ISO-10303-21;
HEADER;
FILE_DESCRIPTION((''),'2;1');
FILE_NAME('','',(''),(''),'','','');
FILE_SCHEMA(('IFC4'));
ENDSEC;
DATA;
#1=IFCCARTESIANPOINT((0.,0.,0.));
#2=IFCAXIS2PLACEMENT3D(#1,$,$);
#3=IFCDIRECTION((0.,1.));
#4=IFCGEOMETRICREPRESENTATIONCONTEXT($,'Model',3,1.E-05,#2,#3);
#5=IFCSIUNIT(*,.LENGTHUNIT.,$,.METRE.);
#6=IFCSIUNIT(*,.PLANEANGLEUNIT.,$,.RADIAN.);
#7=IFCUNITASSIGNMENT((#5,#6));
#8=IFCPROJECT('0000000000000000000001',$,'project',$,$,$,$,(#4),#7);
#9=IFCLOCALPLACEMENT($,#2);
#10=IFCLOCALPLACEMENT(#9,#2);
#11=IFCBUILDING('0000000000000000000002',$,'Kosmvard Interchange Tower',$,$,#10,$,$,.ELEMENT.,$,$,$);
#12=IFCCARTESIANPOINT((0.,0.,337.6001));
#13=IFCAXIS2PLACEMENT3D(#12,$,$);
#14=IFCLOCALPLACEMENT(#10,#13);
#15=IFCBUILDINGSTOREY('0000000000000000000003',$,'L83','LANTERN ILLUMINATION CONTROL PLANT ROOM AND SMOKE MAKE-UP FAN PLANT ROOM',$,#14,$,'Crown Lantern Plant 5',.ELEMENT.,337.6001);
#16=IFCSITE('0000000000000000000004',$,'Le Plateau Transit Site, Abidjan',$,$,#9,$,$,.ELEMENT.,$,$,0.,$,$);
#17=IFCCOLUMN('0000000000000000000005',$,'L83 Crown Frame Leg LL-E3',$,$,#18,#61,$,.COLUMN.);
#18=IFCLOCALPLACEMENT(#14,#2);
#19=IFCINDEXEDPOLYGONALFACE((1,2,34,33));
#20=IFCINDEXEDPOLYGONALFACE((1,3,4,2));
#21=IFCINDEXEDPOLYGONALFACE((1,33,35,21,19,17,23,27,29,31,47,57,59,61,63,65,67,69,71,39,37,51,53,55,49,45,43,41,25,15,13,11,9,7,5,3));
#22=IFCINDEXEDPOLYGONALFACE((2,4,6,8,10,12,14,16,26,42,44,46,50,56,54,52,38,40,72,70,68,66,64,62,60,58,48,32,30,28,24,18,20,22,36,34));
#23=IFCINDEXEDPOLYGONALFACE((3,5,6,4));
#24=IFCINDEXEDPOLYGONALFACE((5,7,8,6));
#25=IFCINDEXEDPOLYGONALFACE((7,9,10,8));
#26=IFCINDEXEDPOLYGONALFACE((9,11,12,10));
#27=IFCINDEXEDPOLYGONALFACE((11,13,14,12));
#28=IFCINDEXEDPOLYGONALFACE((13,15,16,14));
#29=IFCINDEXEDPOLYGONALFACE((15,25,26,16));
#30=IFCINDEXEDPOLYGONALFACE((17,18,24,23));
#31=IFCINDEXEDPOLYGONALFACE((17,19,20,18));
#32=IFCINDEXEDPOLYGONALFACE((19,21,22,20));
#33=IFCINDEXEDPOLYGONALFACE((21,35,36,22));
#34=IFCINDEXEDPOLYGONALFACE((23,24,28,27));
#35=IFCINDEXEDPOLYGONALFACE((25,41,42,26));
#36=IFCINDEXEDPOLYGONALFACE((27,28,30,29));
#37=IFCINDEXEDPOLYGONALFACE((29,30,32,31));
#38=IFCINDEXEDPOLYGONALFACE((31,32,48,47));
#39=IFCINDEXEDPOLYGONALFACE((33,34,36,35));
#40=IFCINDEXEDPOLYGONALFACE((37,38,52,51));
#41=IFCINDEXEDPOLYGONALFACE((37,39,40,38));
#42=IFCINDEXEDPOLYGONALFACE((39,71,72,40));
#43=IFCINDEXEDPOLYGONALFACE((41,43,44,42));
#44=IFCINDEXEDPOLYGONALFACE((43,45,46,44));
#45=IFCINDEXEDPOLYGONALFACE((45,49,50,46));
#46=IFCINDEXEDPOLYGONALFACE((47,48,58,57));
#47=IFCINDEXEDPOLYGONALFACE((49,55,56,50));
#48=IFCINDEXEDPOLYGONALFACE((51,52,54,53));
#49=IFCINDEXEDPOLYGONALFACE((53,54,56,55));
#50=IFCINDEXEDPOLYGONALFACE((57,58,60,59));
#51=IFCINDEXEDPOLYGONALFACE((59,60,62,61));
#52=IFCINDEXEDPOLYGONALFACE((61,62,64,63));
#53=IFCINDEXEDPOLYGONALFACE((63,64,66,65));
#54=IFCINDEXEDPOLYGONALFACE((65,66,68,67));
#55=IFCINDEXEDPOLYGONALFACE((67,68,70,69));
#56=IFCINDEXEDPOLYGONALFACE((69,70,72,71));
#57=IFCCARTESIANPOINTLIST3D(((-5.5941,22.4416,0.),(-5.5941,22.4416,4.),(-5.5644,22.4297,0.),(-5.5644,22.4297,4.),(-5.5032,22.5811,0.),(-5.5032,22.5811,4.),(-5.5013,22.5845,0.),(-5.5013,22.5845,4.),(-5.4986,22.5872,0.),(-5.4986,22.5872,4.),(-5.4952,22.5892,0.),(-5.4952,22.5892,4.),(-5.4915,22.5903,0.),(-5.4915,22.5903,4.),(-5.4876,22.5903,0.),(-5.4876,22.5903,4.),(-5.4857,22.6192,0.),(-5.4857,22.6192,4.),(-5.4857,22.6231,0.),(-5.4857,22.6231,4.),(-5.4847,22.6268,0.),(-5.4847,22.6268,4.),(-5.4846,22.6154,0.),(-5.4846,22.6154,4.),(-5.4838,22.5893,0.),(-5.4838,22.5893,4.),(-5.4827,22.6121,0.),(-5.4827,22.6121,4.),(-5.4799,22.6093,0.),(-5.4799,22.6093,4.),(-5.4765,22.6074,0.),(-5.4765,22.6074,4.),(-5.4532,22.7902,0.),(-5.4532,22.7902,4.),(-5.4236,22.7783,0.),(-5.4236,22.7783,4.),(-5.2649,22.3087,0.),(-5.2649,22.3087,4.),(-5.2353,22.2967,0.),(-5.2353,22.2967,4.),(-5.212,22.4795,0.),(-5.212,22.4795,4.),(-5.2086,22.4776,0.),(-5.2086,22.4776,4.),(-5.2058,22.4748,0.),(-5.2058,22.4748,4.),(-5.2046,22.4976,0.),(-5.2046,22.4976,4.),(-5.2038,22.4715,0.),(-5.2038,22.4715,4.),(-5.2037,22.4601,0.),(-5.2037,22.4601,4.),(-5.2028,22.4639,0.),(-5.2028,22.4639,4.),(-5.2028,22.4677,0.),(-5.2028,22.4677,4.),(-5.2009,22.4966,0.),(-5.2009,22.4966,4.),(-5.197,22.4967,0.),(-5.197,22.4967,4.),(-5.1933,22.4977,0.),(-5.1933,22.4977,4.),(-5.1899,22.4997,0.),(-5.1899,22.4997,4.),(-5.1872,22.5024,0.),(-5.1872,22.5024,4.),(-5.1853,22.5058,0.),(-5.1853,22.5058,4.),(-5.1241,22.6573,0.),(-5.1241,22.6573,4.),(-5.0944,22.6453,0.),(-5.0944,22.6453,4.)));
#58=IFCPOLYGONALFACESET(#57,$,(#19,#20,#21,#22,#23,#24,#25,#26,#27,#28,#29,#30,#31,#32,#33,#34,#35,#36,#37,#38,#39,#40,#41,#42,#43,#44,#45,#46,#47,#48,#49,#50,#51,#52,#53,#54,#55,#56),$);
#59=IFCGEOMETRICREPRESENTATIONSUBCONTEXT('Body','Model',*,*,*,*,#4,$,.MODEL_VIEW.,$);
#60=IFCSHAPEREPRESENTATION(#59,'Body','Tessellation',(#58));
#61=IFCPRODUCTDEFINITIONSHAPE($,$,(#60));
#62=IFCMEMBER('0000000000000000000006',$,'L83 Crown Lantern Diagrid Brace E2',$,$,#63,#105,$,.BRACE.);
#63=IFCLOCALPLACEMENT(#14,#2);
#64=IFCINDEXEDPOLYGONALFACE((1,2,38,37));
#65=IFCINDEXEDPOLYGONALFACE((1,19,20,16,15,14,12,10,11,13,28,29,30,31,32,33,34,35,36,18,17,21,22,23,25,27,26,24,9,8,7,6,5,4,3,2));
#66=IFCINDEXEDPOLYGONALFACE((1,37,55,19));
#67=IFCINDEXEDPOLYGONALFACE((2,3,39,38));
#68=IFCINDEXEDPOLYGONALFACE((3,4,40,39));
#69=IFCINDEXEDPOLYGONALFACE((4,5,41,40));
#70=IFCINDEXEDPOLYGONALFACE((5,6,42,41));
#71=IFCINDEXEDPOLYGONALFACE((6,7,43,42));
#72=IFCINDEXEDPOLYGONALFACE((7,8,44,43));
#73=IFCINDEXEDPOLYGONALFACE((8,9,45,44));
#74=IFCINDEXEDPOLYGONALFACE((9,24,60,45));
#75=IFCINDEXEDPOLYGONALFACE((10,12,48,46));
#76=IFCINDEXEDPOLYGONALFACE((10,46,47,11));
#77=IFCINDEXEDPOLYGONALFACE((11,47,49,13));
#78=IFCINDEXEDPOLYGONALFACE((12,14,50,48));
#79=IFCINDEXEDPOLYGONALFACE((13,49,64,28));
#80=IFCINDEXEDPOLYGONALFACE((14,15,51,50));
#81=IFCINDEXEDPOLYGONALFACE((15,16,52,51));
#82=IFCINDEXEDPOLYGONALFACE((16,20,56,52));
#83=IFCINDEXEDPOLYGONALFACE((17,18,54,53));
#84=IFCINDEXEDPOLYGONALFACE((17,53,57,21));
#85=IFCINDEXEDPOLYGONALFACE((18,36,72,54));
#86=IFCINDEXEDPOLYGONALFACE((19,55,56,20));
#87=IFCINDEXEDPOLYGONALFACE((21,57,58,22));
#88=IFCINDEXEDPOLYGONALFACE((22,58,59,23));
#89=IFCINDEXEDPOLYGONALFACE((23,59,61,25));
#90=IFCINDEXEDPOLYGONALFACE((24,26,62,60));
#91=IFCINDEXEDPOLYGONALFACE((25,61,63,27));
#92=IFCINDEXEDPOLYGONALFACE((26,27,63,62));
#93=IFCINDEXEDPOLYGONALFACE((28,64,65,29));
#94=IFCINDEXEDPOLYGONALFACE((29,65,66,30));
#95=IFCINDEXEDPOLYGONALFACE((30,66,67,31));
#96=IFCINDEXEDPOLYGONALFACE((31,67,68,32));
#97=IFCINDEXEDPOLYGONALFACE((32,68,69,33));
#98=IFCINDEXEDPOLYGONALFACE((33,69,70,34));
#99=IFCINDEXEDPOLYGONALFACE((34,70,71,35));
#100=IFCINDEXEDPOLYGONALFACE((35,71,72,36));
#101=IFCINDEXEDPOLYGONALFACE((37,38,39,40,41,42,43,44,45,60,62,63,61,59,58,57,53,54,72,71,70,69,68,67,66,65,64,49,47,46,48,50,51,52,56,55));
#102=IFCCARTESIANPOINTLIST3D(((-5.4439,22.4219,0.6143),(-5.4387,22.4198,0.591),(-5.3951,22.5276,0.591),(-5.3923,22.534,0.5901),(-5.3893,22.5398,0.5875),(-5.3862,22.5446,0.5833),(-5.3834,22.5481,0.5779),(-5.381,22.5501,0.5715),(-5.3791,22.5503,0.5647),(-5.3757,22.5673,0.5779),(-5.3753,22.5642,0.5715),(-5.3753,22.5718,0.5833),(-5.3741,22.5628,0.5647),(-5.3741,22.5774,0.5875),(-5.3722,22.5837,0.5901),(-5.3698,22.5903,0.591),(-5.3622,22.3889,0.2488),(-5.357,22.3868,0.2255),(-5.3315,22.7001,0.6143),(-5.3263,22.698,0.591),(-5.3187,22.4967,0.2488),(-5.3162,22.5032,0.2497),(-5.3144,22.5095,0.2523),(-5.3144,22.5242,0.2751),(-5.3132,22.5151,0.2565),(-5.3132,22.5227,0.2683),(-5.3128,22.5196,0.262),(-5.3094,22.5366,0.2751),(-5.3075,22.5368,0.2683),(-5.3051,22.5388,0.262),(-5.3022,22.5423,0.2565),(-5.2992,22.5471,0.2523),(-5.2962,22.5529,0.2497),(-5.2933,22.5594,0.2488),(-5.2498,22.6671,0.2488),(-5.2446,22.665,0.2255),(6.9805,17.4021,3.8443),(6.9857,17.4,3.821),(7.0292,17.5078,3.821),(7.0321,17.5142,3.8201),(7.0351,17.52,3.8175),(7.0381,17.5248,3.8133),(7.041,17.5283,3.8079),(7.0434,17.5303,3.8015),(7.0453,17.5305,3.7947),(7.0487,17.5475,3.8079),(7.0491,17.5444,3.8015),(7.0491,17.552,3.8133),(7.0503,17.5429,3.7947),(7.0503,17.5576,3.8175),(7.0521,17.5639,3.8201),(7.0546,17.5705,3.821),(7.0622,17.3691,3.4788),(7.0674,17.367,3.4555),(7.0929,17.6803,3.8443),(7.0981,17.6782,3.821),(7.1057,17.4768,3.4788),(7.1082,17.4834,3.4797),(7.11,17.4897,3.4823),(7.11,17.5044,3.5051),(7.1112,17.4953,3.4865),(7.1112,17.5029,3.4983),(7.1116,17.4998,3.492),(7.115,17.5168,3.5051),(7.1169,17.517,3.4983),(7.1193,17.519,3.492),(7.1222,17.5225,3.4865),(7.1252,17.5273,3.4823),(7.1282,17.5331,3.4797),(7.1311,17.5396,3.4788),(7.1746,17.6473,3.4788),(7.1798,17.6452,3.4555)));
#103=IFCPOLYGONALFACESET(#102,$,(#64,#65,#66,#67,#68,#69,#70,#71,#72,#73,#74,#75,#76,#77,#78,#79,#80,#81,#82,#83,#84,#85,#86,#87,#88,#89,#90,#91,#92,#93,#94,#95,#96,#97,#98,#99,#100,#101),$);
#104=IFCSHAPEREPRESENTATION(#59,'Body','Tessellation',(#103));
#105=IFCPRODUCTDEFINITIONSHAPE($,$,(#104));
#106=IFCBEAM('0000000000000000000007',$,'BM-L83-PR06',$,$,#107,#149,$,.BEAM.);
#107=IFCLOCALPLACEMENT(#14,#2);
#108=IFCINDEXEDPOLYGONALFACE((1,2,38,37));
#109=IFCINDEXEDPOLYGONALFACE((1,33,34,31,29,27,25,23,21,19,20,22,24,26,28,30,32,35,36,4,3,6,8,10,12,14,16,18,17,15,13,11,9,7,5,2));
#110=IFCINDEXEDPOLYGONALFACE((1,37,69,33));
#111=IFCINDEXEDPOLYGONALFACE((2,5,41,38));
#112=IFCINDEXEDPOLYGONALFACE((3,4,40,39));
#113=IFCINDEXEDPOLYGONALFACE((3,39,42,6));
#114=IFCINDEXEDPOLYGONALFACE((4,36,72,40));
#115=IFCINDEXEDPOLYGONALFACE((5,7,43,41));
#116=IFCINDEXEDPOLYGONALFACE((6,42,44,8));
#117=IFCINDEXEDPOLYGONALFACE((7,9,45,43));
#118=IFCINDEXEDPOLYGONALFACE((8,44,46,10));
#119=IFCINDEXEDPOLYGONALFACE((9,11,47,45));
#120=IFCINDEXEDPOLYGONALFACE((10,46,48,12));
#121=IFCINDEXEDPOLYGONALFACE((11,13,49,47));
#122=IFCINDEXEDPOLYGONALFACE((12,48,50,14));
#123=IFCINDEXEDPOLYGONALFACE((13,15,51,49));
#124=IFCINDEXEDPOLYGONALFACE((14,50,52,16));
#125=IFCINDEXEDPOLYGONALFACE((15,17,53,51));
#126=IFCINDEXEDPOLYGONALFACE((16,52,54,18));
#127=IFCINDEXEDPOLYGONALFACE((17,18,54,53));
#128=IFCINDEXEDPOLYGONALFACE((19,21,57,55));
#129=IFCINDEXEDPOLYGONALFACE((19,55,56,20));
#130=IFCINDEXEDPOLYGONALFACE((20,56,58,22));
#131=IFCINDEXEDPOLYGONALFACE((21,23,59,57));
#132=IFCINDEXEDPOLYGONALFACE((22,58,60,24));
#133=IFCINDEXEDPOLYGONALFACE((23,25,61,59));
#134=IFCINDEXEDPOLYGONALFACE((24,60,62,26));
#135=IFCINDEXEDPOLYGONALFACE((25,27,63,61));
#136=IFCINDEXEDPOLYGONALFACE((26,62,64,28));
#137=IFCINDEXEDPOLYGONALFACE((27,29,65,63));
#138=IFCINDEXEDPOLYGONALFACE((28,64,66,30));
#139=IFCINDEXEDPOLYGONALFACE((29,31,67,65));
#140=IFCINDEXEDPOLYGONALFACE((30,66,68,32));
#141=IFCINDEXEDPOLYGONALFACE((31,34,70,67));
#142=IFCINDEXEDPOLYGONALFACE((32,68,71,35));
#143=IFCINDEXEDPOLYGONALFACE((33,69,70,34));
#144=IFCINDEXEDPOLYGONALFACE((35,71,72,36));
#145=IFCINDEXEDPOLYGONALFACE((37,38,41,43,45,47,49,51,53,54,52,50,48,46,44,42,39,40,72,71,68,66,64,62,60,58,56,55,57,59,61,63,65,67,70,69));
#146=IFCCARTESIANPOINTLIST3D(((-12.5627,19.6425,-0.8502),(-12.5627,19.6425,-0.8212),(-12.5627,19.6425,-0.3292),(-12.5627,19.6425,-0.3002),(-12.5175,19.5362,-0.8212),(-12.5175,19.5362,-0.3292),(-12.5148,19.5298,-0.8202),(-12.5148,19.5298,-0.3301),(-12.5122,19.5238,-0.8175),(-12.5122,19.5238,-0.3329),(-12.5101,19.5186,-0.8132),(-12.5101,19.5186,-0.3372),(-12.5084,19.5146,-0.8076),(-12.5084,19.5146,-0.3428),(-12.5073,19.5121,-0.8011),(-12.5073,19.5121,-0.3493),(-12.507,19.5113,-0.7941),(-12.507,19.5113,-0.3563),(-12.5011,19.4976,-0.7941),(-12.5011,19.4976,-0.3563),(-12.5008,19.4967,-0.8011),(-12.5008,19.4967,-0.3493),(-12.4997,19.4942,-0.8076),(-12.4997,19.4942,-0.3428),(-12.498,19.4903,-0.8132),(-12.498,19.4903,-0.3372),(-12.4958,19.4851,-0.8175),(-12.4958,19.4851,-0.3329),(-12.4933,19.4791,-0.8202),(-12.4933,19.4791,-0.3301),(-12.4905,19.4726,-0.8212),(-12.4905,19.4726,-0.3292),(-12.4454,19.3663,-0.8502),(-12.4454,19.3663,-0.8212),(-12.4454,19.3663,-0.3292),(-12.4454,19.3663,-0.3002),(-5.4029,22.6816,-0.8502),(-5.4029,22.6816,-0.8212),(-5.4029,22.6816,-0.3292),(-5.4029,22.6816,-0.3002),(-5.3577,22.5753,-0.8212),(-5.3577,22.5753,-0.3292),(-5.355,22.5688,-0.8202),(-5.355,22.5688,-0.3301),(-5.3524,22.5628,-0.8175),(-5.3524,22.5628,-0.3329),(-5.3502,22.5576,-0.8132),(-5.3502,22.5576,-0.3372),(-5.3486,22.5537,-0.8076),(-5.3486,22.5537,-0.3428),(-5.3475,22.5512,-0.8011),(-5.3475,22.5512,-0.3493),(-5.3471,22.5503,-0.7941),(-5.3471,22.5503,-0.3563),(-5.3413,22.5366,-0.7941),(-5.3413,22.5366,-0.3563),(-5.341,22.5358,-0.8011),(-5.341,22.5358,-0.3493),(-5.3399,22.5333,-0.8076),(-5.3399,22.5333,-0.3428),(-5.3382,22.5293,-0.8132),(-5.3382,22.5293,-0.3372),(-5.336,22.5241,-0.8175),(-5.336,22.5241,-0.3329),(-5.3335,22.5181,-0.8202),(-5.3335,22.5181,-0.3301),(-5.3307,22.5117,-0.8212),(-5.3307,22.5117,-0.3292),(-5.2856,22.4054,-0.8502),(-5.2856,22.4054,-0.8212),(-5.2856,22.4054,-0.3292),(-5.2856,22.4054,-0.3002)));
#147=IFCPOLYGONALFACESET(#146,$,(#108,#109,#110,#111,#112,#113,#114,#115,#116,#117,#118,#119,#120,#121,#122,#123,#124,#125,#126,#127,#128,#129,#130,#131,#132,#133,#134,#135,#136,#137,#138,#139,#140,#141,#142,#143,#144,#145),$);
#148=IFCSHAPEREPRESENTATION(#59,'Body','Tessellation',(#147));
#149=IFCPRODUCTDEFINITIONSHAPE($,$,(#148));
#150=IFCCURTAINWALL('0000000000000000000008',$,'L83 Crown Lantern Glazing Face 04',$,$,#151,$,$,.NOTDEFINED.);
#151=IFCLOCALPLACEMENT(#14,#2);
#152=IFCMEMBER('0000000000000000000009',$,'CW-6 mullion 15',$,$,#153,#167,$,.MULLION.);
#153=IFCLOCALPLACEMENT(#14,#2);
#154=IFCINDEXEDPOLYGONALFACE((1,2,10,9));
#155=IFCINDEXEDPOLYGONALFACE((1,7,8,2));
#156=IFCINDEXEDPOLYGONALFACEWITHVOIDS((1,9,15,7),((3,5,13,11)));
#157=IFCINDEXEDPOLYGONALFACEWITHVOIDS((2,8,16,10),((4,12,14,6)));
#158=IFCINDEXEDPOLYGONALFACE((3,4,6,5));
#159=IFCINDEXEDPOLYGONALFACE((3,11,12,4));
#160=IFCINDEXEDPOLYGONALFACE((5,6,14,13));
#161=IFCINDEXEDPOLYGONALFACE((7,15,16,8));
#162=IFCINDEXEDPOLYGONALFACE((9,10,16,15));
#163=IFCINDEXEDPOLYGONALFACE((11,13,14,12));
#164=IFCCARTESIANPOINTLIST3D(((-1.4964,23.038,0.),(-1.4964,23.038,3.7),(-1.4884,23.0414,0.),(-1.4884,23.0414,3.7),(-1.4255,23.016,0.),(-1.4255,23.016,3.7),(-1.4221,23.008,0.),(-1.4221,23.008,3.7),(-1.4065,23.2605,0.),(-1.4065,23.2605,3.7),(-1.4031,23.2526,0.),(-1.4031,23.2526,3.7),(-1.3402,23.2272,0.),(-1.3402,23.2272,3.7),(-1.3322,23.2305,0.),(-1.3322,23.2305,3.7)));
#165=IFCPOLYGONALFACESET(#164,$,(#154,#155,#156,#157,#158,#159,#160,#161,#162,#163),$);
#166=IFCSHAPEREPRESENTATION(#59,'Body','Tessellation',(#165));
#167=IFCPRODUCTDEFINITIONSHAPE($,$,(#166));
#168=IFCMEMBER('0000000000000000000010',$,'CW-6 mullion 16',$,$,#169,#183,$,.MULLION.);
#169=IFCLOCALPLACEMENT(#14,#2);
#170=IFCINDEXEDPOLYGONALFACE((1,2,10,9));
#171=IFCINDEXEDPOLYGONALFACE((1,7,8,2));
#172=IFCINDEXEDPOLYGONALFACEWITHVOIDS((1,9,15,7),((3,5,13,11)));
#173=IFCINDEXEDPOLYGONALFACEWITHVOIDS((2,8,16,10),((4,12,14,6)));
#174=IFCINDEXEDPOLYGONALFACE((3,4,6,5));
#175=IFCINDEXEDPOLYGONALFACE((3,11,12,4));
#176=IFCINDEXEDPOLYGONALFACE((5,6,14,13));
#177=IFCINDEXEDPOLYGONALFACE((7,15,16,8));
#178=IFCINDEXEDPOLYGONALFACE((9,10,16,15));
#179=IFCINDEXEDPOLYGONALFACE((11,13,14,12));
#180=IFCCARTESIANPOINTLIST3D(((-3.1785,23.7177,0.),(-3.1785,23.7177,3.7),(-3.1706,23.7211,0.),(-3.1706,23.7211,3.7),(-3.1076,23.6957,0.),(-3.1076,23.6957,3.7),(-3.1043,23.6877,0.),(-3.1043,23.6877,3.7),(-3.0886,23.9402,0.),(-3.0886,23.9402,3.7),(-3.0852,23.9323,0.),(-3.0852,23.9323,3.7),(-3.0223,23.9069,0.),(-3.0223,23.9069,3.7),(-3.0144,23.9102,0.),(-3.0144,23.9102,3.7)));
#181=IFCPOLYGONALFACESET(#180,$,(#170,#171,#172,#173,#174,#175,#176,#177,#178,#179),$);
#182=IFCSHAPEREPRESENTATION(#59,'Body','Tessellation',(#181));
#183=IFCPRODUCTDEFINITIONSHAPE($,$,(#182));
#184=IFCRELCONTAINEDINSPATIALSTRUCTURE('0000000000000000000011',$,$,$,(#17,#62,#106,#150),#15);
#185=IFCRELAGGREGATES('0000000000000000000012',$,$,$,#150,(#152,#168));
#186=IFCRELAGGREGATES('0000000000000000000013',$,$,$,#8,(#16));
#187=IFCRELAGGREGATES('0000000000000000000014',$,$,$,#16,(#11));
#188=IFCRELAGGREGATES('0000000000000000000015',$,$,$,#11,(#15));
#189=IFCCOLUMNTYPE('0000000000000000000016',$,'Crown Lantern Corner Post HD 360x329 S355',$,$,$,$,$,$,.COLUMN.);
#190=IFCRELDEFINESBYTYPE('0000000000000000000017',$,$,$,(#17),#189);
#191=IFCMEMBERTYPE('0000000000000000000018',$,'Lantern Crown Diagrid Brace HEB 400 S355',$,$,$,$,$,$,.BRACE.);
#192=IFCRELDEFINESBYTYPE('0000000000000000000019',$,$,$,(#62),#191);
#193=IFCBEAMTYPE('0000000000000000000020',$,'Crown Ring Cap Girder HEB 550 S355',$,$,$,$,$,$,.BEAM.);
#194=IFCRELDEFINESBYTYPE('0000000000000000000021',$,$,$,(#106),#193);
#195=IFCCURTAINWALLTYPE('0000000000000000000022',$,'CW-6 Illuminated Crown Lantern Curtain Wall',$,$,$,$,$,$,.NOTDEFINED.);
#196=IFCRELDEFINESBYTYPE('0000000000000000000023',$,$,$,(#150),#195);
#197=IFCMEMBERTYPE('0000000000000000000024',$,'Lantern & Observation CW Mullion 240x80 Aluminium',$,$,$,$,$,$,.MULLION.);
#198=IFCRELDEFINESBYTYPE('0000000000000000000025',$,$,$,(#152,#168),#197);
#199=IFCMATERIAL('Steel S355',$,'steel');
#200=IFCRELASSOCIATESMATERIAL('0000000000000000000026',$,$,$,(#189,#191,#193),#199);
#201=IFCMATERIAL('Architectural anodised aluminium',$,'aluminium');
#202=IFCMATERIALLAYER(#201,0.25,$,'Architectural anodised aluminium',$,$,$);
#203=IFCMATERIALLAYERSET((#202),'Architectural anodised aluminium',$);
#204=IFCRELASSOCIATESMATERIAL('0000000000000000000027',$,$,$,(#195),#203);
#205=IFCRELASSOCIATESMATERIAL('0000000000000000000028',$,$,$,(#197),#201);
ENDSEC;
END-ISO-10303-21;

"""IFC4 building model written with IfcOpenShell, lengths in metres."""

from ifc_helpers import new_model, si_unit, direction, frame, origin, origin_2d, place, context, subcontext, project, spatial, hollow_rectangle, i_section, extrude, source, transform, mapped, material, layer, layer_set, material_profile, profile_set, type_object, element, aggregate, save


model = new_model("IFC4")

# Units and contexts
model_context = context("Model", 3, precision=1e-05, world=origin(), true_north=direction((0.0, 1.0)))
body_context = subcontext(model_context, "Body", "Model", "MODEL_VIEW")
ifc_project = project(units=[si_unit("LENGTHUNIT", "METRE"), si_unit("PLANEANGLEUNIT", "RADIAN")], contexts=[model_context])

# Site, building, storey
site_placement = place(None, origin())
site = spatial("IfcSite", under=ifc_project, at=site_placement, Name="Le Plateau Transit Site, Abidjan", CompositionType="ELEMENT", RefElevation=0.0)
building_placement = place(site_placement, origin())
building = spatial("IfcBuilding", under=site, at=building_placement, Name="Kosmvard Interchange Tower", CompositionType="ELEMENT")
storey_placement = place(building_placement, frame((0.0, 0.0, 337.6001)))
storey = spatial("IfcBuildingStorey", under=building, at=storey_placement, Name="L83", Description="LANTERN ILLUMINATION CONTROL PLANT ROOM AND SMOKE MAKE-UP FAN PLANT ROOM", LongName="Crown Lantern Plant 5", CompositionType="ELEMENT", Elevation=337.6001)

# Column
ifc_material_1 = material(Name="Steel S355", Category="steel")
ifc_material_profile_1 = material_profile(ifc_material_1, i_section(OverallWidth=0.376, OverallDepth=0.387, WebThickness=0.0195, FlangeThickness=0.032, FilletRadius=0.0149, at=origin_2d()), Name="HD 360x329")
ifc_profile_set_1 = profile_set([ifc_material_profile_1], Name="Steel S355")
column_type = type_object("IfcColumnType", Name="Crown Lantern Corner Post HD 360x329 S355", PredefinedType="COLUMN", material=ifc_profile_set_1)
shared_shape_1 = source(origin(), body_context, "Body", "SweptSolid", [
    extrude(i_section(OverallWidth=0.376, OverallDepth=0.387, WebThickness=0.0195, FlangeThickness=0.032, FilletRadius=0.0149, at=origin_2d()), origin(), (0.0, 0.0, 1.0), 4.0),
])
column_placement = place(storey_placement, frame((-5.3442, 22.5435, 0.0), z_axis=(0.0, 0.0, 1.0), x_axis=(0.374607, 0.927184, 0.0)))
element("IfcColumn", 1, at=column_placement, inside=storey, type_object=column_type, Name="L83 Crown Frame Leg LL-E3", PredefinedType="COLUMN", context=body_context, shape_type="MappedRepresentation", body=[
    mapped(shared_shape_1, transform((0.0, 0.0, 0.0), scale=1.0)),
])

# Member
ifc_material_profile_2 = material_profile(ifc_material_1, i_section(OverallWidth=0.3, OverallDepth=0.3999, WebThickness=0.0134, FlangeThickness=0.0239, FilletRadius=0.0271, at=origin_2d()), Name="HEB 400")
ifc_profile_set_2 = profile_set([ifc_material_profile_2], Name="Steel S355")
member_type_1 = type_object("IfcMemberType", Name="Lantern Crown Diagrid Brace HEB 400 S355", PredefinedType="BRACE", material=ifc_profile_set_2)
shared_shape_2 = source(origin(), body_context, "Body", "SweptSolid", [
    extrude(i_section(OverallWidth=0.3, OverallDepth=0.3999, WebThickness=0.0134, FlangeThickness=0.0239, FilletRadius=0.0271, at=origin_2d()), origin(), (0.0, 0.0, 1.0), 13.7839),
])
member_1_placement = place(storey_placement, frame((-5.3442, 22.5435, 0.4199), z_axis=(0.901368, -0.364178, 0.234331), x_axis=(0.374608, 0.927183, 0.0)))
element("IfcMember", 2, at=member_1_placement, inside=storey, type_object=member_type_1, Name="L83 Crown Lantern Diagrid Brace E2", PredefinedType="BRACE", context=body_context, shape_type="MappedRepresentation", body=[
    mapped(shared_shape_2, transform((0.0, 0.0, 0.0), scale=1.0)),
])

# Beam
ifc_material_profile_3 = material_profile(ifc_material_1, i_section(OverallWidth=0.3, OverallDepth=0.55, WebThickness=0.0149, FlangeThickness=0.0291, FilletRadius=0.0271, at=origin_2d()), Name="HEB 550")
ifc_profile_set_3 = profile_set([ifc_material_profile_3], Name="Steel S355")
beam_type = type_object("IfcBeamType", Name="Crown Ring Cap Girder HEB 550 S355", PredefinedType="BEAM", material=ifc_profile_set_3)
shared_shape_3 = source(origin(), body_context, "Body", "SweptSolid", [
    extrude(i_section(OverallWidth=0.3, OverallDepth=0.55, WebThickness=0.0149, FlangeThickness=0.0291, FilletRadius=0.0271, at=origin_2d()), origin(), (0.0, 0.0, 1.0), 7.7781),
])
beam_placement = place(storey_placement, frame((-5.3442, 22.5435, -0.5752), z_axis=(-0.920511, -0.390716, 0.0), x_axis=(0.390716, -0.920511, 0.0)))
element("IfcBeam", 3, at=beam_placement, inside=storey, type_object=beam_type, Name="BM-L83-PR06", PredefinedType="BEAM", context=body_context, shape_type="MappedRepresentation", body=[
    mapped(shared_shape_3, transform((0.0, 0.0, 0.0), scale=1.0)),
])

# Curtain wall, members
ifc_material_2 = material(Name="Architectural anodised aluminium", Category="aluminium")
ifc_layer_1 = layer(ifc_material_2, 0.25, Name="Architectural anodised aluminium")
ifc_layer_set_1 = layer_set([ifc_layer_1], Name="Architectural anodised aluminium")
curtain_wall_type = type_object("IfcCurtainWallType", Name="CW-6 Illuminated Crown Lantern Curtain Wall", PredefinedType="NOTDEFINED", material=ifc_layer_set_1)
curtain_wall_placement = place(storey_placement, origin())
curtain_wall = element("IfcCurtainWall", 4, at=curtain_wall_placement, inside=storey, type_object=curtain_wall_type, Name="L83 Crown Lantern Glazing Face 04", PredefinedType="NOTDEFINED")
ifc_material_profile_4 = material_profile(ifc_material_2, hollow_rectangle(XDim=0.24, YDim=0.0801, WallThickness=0.0061, at=origin_2d()), Name="CWM 240x80x6")
ifc_profile_set_4 = profile_set([ifc_material_profile_4], Name="Architectural anodised aluminium")
member_type_2 = type_object("IfcMemberType", Name="Lantern & Observation CW Mullion 240x80 Aluminium", PredefinedType="MULLION", material=ifc_profile_set_4)
shared_shape_4 = source(origin(), body_context, "Body", "SweptSolid", [
    extrude(hollow_rectangle(XDim=0.24, YDim=0.0801, WallThickness=0.0061, at=origin_2d()), origin(), (0.0, 0.0, 1.0), 3.7),
])
member_2_placement = place(storey_placement, frame((-1.4143, 23.1343, 0.0), z_axis=(0.0, 0.0, 1.0), x_axis=(-0.374607, -0.927184, 0.0)))
member_2 = element("IfcMember", 5, at=member_2_placement, type_object=member_type_2, Name="CW-6 mullion 15", PredefinedType="MULLION", context=body_context, shape_type="MappedRepresentation", body=[
    mapped(shared_shape_4, transform((0.0, 0.0, 0.0), scale=1.0)),
])
member_3_placement = place(storey_placement, frame((-3.0964, 23.814, 0.0), z_axis=(0.0, 0.0, 1.0), x_axis=(-0.374607, -0.927184, 0.0)))
member_3 = element("IfcMember", 6, at=member_3_placement, type_object=member_type_2, Name="CW-6 mullion 16", PredefinedType="MULLION", context=body_context, shape_type="MappedRepresentation", body=[
    mapped(shared_shape_4, transform((0.0, 0.0, 0.0), scale=1.0)),
])

aggregate(curtain_wall, [member_2, member_3])

save(model, "model.ifc")
